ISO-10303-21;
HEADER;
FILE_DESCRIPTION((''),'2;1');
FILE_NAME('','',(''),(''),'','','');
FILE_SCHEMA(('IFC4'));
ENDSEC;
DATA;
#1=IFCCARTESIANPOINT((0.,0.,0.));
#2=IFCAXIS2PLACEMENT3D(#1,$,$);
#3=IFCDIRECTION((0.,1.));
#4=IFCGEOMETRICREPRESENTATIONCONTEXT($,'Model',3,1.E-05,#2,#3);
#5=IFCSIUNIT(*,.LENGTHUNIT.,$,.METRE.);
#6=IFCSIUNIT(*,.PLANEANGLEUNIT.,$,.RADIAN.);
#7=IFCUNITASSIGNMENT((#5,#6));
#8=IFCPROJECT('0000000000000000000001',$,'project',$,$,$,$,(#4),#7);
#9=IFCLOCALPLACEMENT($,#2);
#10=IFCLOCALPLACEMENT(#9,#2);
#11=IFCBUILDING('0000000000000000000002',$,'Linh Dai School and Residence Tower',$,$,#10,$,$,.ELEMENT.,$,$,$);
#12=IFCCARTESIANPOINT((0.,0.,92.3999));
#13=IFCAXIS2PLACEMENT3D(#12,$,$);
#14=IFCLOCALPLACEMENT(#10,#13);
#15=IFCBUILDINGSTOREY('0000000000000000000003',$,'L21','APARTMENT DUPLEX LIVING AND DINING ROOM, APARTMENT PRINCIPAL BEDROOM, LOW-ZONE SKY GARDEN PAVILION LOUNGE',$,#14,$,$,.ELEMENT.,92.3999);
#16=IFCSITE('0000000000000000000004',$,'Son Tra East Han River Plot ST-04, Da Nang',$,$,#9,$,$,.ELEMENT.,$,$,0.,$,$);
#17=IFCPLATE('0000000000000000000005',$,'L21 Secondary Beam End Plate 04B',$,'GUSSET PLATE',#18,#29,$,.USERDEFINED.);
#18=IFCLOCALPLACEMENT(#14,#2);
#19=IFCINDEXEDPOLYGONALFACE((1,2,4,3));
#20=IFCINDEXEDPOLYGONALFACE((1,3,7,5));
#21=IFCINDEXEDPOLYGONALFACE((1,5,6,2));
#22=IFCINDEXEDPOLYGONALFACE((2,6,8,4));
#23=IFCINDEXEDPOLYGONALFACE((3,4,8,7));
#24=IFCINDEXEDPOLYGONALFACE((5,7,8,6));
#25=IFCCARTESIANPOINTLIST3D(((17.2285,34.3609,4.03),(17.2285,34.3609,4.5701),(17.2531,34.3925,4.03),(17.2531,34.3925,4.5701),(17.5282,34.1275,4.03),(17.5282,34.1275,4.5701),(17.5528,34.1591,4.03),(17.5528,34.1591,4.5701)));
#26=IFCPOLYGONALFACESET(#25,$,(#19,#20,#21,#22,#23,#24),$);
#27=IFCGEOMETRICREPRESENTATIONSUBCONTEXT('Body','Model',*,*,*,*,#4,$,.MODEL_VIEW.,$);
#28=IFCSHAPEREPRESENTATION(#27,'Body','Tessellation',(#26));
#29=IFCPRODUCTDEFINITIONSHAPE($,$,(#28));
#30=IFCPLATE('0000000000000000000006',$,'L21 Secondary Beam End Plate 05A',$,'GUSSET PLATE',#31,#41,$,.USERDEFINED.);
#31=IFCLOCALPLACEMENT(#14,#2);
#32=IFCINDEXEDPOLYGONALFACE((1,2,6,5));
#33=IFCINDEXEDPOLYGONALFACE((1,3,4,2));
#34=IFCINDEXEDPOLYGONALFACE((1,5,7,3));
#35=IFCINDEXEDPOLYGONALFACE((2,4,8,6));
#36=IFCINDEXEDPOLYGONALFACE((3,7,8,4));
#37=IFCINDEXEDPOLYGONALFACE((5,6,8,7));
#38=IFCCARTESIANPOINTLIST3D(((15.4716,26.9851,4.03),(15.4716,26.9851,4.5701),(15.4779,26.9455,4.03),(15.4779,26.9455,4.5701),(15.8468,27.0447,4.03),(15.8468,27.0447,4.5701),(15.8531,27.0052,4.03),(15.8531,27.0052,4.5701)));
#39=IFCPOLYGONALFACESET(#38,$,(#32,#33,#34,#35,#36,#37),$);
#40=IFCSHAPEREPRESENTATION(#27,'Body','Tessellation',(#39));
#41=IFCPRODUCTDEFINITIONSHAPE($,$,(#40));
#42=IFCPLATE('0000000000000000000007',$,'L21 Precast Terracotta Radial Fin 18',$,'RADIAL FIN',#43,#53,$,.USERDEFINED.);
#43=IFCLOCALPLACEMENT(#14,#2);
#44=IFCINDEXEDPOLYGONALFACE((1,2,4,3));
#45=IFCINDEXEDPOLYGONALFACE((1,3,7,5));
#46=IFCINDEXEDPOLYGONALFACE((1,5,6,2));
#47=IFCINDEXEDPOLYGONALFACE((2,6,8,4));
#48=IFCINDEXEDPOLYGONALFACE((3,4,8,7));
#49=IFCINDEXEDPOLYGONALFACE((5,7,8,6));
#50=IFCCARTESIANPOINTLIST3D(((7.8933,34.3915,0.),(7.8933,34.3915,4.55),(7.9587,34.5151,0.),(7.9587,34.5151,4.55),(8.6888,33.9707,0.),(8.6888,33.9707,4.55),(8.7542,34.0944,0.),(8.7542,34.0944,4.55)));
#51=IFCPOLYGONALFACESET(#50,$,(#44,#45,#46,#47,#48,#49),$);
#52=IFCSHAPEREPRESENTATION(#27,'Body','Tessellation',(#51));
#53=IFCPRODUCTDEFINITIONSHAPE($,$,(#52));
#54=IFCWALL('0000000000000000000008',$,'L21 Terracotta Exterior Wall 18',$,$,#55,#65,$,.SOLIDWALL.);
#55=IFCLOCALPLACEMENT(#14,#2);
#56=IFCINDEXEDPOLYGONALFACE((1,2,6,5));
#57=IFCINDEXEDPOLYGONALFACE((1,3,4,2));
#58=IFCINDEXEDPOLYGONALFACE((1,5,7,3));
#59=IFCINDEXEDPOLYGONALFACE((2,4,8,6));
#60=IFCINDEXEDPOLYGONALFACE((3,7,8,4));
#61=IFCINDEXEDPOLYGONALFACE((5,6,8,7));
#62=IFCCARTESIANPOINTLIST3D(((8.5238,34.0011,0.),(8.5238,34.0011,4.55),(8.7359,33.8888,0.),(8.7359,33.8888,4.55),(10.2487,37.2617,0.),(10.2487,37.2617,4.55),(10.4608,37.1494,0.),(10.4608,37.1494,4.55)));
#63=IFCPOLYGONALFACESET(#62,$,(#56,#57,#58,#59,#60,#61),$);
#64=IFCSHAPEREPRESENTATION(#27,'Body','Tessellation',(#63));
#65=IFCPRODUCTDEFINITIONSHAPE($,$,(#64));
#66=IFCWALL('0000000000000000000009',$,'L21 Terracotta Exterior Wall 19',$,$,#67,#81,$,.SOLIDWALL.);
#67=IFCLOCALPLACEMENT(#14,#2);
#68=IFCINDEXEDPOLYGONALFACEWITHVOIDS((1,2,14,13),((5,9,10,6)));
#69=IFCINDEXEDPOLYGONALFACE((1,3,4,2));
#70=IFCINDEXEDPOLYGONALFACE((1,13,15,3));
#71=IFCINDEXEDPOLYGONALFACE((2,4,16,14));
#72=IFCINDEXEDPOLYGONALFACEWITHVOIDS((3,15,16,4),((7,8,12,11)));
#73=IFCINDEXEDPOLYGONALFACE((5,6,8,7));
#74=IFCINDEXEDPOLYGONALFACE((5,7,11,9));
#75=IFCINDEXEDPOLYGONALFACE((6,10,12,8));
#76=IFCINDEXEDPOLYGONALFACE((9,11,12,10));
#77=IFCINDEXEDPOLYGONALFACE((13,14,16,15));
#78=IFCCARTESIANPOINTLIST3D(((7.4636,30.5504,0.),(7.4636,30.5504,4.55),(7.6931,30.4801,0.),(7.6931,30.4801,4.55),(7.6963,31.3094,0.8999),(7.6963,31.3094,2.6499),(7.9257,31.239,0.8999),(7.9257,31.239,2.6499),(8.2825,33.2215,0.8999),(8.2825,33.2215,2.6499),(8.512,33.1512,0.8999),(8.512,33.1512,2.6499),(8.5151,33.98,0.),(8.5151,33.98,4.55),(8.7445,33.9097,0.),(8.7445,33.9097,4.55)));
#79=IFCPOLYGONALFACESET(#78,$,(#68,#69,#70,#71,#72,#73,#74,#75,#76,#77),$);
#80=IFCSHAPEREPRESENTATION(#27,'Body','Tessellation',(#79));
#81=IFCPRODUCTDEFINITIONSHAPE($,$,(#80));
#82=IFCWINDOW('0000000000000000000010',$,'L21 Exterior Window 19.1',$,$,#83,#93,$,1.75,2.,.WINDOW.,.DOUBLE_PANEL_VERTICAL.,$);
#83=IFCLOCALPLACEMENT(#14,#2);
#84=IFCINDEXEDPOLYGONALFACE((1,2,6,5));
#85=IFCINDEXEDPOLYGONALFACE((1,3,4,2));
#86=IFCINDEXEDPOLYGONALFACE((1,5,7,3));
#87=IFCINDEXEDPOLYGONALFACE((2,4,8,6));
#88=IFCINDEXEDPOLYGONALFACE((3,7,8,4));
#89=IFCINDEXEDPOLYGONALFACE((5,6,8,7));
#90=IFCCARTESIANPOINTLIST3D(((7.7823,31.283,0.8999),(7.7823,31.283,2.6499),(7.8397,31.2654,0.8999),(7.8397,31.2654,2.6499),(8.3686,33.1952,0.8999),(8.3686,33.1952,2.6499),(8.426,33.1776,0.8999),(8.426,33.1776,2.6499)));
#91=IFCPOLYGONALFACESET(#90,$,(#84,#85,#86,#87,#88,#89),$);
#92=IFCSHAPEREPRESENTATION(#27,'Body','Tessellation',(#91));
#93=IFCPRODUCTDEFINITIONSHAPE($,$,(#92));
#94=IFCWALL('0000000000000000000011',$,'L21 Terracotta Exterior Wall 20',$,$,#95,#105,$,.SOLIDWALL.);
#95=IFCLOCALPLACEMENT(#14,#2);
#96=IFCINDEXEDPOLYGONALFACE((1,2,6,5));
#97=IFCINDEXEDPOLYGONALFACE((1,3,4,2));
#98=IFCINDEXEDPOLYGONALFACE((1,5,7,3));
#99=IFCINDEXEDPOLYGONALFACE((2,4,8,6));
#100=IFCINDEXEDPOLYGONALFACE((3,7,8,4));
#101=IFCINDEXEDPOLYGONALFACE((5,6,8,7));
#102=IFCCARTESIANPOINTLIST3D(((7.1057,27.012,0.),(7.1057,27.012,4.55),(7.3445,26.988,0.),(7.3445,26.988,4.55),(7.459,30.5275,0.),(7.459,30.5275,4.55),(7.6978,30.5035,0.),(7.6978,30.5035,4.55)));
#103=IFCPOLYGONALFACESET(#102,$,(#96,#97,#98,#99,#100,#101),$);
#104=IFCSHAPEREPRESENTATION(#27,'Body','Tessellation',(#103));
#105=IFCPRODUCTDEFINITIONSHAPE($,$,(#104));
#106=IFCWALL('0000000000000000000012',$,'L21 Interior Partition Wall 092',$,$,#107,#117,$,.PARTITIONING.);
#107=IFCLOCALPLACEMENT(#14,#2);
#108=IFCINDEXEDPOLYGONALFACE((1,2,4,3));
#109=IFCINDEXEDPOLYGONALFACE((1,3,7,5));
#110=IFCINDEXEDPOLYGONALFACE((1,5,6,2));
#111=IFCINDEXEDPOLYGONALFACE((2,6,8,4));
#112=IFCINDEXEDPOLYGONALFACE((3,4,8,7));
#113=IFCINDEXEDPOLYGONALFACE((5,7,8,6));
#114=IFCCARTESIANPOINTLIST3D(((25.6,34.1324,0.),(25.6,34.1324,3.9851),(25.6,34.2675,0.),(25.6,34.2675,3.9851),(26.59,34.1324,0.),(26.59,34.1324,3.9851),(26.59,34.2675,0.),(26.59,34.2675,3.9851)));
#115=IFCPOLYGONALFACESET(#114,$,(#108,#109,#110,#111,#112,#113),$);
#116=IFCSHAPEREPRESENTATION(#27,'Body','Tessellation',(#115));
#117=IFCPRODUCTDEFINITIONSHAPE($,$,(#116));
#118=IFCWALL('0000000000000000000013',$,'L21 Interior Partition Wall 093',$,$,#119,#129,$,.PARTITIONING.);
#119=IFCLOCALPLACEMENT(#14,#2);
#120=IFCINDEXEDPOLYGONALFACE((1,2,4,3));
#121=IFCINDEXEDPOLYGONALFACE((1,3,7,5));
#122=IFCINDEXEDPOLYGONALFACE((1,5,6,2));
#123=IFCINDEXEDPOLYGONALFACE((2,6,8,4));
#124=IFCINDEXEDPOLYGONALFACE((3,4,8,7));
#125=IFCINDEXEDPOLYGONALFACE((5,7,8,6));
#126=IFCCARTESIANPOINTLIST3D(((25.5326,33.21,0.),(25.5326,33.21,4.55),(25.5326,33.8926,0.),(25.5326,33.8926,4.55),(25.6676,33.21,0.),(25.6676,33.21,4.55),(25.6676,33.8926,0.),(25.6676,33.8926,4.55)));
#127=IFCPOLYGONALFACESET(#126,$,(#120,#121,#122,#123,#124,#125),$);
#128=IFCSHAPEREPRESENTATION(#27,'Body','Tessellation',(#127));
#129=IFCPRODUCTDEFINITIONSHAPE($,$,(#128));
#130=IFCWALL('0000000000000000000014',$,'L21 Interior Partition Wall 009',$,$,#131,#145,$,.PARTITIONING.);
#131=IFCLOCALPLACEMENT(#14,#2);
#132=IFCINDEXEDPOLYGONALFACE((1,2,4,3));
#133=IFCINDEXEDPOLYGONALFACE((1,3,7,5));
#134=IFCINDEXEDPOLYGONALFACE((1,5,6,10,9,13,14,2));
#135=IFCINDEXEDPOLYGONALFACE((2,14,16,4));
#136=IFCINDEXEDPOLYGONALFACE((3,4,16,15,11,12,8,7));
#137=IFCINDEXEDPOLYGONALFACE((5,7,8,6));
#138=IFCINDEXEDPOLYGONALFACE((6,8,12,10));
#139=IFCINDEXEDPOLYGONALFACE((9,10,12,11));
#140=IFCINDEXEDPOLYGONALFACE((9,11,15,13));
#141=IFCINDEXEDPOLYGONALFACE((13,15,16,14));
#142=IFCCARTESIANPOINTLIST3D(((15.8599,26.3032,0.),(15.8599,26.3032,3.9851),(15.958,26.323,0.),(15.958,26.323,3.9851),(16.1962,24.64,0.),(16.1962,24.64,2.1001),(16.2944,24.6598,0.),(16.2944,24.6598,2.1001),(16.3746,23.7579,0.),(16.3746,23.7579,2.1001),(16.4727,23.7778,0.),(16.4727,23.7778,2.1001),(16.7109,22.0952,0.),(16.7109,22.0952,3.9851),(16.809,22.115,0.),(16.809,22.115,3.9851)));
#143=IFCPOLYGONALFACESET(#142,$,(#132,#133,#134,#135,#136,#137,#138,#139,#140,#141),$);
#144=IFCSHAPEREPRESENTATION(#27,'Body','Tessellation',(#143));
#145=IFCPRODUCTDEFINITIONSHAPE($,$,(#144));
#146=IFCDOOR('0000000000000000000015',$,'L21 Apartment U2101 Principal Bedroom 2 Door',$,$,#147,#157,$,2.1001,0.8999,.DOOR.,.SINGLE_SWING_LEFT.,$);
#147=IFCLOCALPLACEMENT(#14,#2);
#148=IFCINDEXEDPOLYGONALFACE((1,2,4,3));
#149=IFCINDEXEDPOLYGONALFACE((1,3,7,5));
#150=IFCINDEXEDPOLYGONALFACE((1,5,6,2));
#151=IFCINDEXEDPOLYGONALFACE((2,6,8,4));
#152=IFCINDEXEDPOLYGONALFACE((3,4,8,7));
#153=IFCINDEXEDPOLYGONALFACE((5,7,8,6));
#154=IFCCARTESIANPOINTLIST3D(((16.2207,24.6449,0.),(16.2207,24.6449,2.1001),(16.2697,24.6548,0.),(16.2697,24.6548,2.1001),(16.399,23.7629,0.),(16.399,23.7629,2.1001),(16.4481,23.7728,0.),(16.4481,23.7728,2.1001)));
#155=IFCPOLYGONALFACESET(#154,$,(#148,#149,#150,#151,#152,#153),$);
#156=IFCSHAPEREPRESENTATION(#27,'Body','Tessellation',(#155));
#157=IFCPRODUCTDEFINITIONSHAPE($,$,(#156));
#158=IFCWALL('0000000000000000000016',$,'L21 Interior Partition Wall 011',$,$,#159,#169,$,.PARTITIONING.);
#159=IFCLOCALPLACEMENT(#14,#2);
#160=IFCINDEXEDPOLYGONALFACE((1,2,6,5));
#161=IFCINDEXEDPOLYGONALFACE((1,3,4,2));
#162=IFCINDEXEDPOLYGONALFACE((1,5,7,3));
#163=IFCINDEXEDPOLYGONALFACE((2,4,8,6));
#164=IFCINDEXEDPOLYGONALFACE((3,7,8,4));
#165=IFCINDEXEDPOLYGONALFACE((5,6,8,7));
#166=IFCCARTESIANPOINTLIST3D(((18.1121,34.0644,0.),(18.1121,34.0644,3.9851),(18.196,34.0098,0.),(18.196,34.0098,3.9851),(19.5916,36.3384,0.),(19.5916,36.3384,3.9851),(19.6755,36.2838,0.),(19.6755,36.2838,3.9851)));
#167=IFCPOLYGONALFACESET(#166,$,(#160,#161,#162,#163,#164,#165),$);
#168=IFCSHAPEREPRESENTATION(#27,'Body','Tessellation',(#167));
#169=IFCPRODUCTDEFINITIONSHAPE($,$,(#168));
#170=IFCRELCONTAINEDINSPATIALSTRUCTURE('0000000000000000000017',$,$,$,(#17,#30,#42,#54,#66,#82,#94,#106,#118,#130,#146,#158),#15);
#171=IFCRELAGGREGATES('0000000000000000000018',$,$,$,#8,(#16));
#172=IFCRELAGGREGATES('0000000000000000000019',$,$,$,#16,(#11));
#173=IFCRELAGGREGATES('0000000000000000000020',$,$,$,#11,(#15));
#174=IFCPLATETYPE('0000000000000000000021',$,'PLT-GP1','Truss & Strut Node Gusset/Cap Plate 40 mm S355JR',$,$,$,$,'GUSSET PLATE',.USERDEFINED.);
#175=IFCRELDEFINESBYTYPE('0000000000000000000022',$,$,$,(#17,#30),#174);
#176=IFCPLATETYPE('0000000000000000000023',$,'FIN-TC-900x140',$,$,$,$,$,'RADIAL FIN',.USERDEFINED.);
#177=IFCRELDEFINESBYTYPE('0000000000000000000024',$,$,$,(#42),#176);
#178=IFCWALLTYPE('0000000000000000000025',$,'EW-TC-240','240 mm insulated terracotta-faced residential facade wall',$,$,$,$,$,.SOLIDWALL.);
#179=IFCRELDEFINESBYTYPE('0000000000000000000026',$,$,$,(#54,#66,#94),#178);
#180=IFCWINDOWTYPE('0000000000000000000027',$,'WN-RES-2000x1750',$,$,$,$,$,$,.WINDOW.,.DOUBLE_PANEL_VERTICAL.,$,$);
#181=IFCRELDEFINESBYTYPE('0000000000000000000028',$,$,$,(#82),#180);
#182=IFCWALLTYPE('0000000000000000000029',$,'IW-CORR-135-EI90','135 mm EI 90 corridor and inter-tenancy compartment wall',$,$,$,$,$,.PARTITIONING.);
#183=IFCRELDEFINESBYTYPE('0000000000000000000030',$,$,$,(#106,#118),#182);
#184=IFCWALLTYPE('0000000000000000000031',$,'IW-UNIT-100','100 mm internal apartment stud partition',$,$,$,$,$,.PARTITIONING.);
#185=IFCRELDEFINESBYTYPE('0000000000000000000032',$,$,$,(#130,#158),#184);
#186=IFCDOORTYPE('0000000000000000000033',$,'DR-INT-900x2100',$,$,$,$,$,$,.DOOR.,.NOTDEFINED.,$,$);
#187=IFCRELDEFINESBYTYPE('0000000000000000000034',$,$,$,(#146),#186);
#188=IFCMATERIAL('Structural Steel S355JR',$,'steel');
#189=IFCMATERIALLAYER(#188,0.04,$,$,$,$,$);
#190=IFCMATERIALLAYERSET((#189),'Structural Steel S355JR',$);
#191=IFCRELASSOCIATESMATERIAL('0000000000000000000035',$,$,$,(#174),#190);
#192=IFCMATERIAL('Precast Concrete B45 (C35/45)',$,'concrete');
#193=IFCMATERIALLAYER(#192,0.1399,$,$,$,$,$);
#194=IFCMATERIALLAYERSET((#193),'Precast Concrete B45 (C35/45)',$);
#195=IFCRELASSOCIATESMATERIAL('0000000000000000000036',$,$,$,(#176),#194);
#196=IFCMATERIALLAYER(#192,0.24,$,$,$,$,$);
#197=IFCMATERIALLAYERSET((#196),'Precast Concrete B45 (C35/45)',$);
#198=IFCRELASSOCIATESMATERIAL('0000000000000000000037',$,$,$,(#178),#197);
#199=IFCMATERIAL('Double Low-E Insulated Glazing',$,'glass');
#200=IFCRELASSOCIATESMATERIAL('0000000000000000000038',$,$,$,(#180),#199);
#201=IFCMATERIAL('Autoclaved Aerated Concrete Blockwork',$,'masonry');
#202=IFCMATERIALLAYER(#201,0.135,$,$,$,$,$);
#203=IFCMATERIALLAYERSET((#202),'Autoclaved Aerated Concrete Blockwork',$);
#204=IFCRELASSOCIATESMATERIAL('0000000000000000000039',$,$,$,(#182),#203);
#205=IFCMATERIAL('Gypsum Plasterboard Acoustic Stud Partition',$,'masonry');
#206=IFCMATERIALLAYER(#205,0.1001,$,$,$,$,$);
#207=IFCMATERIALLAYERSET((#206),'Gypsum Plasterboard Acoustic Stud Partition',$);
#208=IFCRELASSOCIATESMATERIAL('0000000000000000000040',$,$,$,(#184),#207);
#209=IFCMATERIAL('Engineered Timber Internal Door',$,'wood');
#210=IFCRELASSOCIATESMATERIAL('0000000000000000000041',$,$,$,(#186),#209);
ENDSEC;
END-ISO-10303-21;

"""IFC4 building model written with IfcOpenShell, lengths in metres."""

from ifc_helpers import new_model, si_unit, direction, frame, frame_2d, origin, origin_2d, place, context, subcontext, project, spatial, rectangle, extrude, source, transform, mapped, material, layer, layer_set, type_object, element, fill, save


model = new_model("IFC4")

# Units and contexts
model_context = context("Model", 3, precision=1e-05, world=origin(), true_north=direction((0.0, 1.0)))
body_context = subcontext(model_context, "Body", "Model", "MODEL_VIEW")
ifc_project = project(units=[si_unit("LENGTHUNIT", "METRE"), si_unit("PLANEANGLEUNIT", "RADIAN")], contexts=[model_context])

# Site, building, storey
site_placement = place(None, origin())
site = spatial("IfcSite", under=ifc_project, at=site_placement, Name="Son Tra East Han River Plot ST-04, Da Nang", CompositionType="ELEMENT", RefElevation=0.0)
building_placement = place(site_placement, origin())
building = spatial("IfcBuilding", under=site, at=building_placement, Name="Linh Dai School and Residence Tower", CompositionType="ELEMENT")
storey_placement = place(building_placement, frame((0.0, 0.0, 92.3999)))
storey = spatial("IfcBuildingStorey", under=building, at=storey_placement, Name="L21", Description="APARTMENT DUPLEX LIVING AND DINING ROOM, APARTMENT PRINCIPAL BEDROOM, LOW-ZONE SKY GARDEN PAVILION LOUNGE", CompositionType="ELEMENT", Elevation=92.3999)

# Shared definitions
ifc_material_1 = material(Name="Structural Steel S355JR", Category="steel")

# Plates
ifc_layer_1 = layer(ifc_material_1, 0.04)
ifc_layer_set_1 = layer_set([ifc_layer_1], Name="Structural Steel S355JR")
plate_type_1 = type_object("IfcPlateType", Name="PLT-GP1", Description="Truss & Strut Node Gusset/Cap Plate 40 mm S355JR", ElementType="GUSSET PLATE", PredefinedType="USERDEFINED", material=ifc_layer_set_1)
shared_shape_1 = source(origin(), body_context, "Body", "SweptSolid", [
    extrude(rectangle(XDim=0.04, YDim=0.3799, at=origin_2d()), origin(), (0.0, 0.0, 1.0), 0.54),
])
for number, where, z_axis, x_axis, name in (
    (1, (17.3906, 34.26, 4.03), (0.0, 0.0, 1.0), (-0.614363, -0.789024, 0.0), "L21 Secondary Beam End Plate 04B"),
    (2, (15.6624, 26.9951, 4.03), (0.0, 0.0, 1.0), (0.157025, -0.987595, 0.0), "L21 Secondary Beam End Plate 05A"),
):
    element("IfcPlate", number, at=place(storey_placement, frame(where, z_axis=z_axis, x_axis=x_axis)), inside=storey, type_object=plate_type_1, Name=name, ObjectType="GUSSET PLATE", PredefinedType="USERDEFINED", context=body_context, shape_type="MappedRepresentation", body=[
        mapped(shared_shape_1, transform((0.0, 0.0, 0.0), x_axis=(1.0, 0.0, 0.0), y_axis=(0.0, 1.0, 0.0), z_axis=(0.0, 0.0, 1.0), scale=1.0)),
    ])
ifc_material_2 = material(Name="Precast Concrete B45 (C35/45)", Category="concrete")
ifc_layer_2 = layer(ifc_material_2, 0.1399)
ifc_layer_set_2 = layer_set([ifc_layer_2], Name="Precast Concrete B45 (C35/45)")
plate_type_2 = type_object("IfcPlateType", Name="FIN-TC-900x140", ElementType="RADIAL FIN", PredefinedType="USERDEFINED", material=ifc_layer_set_2)
shared_shape_2 = source(origin(), body_context, "Body", "SweptSolid", [
    extrude(rectangle(XDim=0.8999, YDim=0.1399, at=origin_2d()), origin(), (0.0, 0.0, 1.0), 4.55),
])
plate_placement = place(storey_placement, frame((8.3237, 34.2429, 0.0), z_axis=(0.0, 0.0, 1.0), x_axis=(-0.883942, 0.467596, 0.0)))
element("IfcPlate", 3, at=plate_placement, inside=storey, type_object=plate_type_2, Name="L21 Precast Terracotta Radial Fin 18", ObjectType="RADIAL FIN", PredefinedType="USERDEFINED", context=body_context, shape_type="MappedRepresentation", body=[
    mapped(shared_shape_2, transform((0.0, 0.0, 0.0), x_axis=(1.0, 0.0, 0.0), y_axis=(0.0, 1.0, 0.0), z_axis=(0.0, 0.0, 1.0), scale=1.0)),
])

# Wall
ifc_layer_3 = layer(ifc_material_2, 0.24)
ifc_layer_set_3 = layer_set([ifc_layer_3], Name="Precast Concrete B45 (C35/45)")
wall_type_1 = type_object("IfcWallType", Name="EW-TC-240", Description="240 mm insulated terracotta-faced residential facade wall", PredefinedType="SOLIDWALL", material=ifc_layer_set_3)
wall_1_placement = place(storey_placement, frame((8.6299, 33.9451, 0.0), z_axis=(0.0, 0.0, 1.0), x_axis=(0.467614, 0.883933, 0.0)))
element("IfcWall", 4, at=wall_1_placement, inside=storey, type_object=wall_type_1, Name="L21 Terracotta Exterior Wall 18", PredefinedType="SOLIDWALL", context=body_context, shape_type="SweptSolid", body=[
    extrude(rectangle(XDim=3.6887, YDim=0.24, at=frame_2d((1.8442, 0.0))), origin(), (0.0, 0.0, 1.0), 4.55),
])

# Wall, opening, window
wall_2_placement = place(storey_placement, frame((7.5784, 30.5154, 0.0), z_axis=(0.0, 0.0, 1.0), x_axis=(0.293124, 0.956074, 0.0)))
wall_2 = element("IfcWall", 5, at=wall_2_placement, inside=storey, type_object=wall_type_1, Name="L21 Terracotta Exterior Wall 19", PredefinedType="SOLIDWALL", context=body_context, shape_type="SweptSolid", body=[
    extrude(rectangle(XDim=3.5872, YDim=0.24, at=frame_2d((1.7935, 0.0))), origin(), (0.0, 0.0, 1.0), 4.55),
])
opening_1_placement = place(wall_2_placement, frame((0.7937, 0.0, 0.8999)))
opening_1 = element("IfcOpeningElement", 6, at=opening_1_placement, cuts=wall_2, PredefinedType="OPENING", context=body_context, shape_type="SweptSolid", body=[
    extrude(rectangle(XDim=2.0, YDim=1.75, at=origin_2d()), frame((1.0, 0.1299, 0.875), z_axis=(0.0, -1.0, 0.0), x_axis=(1.0, 0.0, 0.0)), (0.0, 0.0, 1.0), 0.26),
])
ifc_material_3 = material(Name="Double Low-E Insulated Glazing", Category="glass")
window_type = type_object("IfcWindowType", Name="WN-RES-2000x1750", PartitioningType="DOUBLE_PANEL_VERTICAL", PredefinedType="WINDOW", material=ifc_material_3)
shared_shape_3 = source(origin(), body_context, "Body", "SweptSolid", [
    extrude(rectangle(XDim=2.0, YDim=1.75, at=origin_2d()), frame((1.0, 0.03, 0.875), z_axis=(0.0, -1.0, 0.0), x_axis=(1.0, 0.0, 0.0)), (0.0, 0.0, 1.0), 0.0601),
])
window_placement = place(opening_1_placement, origin())
window = element("IfcWindow", 7, at=window_placement, inside=storey, type_object=window_type, Name="L21 Exterior Window 19.1", OverallHeight=1.75, OverallWidth=2.0, PartitioningType="DOUBLE_PANEL_VERTICAL", PredefinedType="WINDOW", context=body_context, shape_type="MappedRepresentation", body=[
    mapped(shared_shape_3, transform((0.0, 0.0, 0.0), x_axis=(1.0, 0.0, 0.0), y_axis=(0.0, 1.0, 0.0), z_axis=(0.0, 0.0, 1.0), scale=1.0)),
])
fill(opening_1, window)

# Walls
wall_3_placement = place(storey_placement, frame((7.2251, 27.0, 0.0), z_axis=(0.0, 0.0, 1.0), x_axis=(0.099989, 0.994988, 0.0)))
element("IfcWall", 8, at=wall_3_placement, inside=storey, type_object=wall_type_1, Name="L21 Terracotta Exterior Wall 20", PredefinedType="SOLIDWALL", context=body_context, shape_type="SweptSolid", body=[
    extrude(rectangle(XDim=3.5332, YDim=0.24, at=frame_2d((1.7666, 0.0))), origin(), (0.0, 0.0, 1.0), 4.55),
])
ifc_material_4 = material(Name="Autoclaved Aerated Concrete Blockwork", Category="masonry")
ifc_layer_4 = layer(ifc_material_4, 0.135)
ifc_layer_set_4 = layer_set([ifc_layer_4], Name="Autoclaved Aerated Concrete Blockwork")
wall_type_2 = type_object("IfcWallType", Name="IW-CORR-135-EI90", Description="135 mm EI 90 corridor and inter-tenancy compartment wall", PredefinedType="PARTITIONING", material=ifc_layer_set_4)
wall_4_placement = place(storey_placement, frame((26.5901, 34.2, 0.0), z_axis=(0.0, 0.0, 1.0), x_axis=(-1.0, 0.0, 0.0)))
element("IfcWall", 9, at=wall_4_placement, inside=storey, type_object=wall_type_2, Name="L21 Interior Partition Wall 092", PredefinedType="PARTITIONING", context=body_context, shape_type="SweptSolid", body=[
    extrude(rectangle(XDim=0.99, YDim=0.135, at=frame_2d((0.4951, 0.0))), origin(), (0.0, 0.0, 1.0), 3.9851),
])
wall_5_placement = place(storey_placement, frame((25.6001, 33.8926, 0.0), z_axis=(0.0, 0.0, 1.0), x_axis=(0.0, -1.0, 0.0)))
element("IfcWall", 10, at=wall_5_placement, inside=storey, type_object=wall_type_2, Name="L21 Interior Partition Wall 093", PredefinedType="PARTITIONING", context=body_context, shape_type="SweptSolid", body=[
    extrude(rectangle(XDim=0.6826, YDim=0.135, at=frame_2d((0.3413, 0.0))), origin(), (0.0, 0.0, 1.0), 4.55),
])

# Wall, opening, door
ifc_material_5 = material(Name="Gypsum Plasterboard Acoustic Stud Partition", Category="masonry")
ifc_layer_5 = layer(ifc_material_5, 0.1001)
ifc_layer_set_5 = layer_set([ifc_layer_5], Name="Gypsum Plasterboard Acoustic Stud Partition")
wall_type_3 = type_object("IfcWallType", Name="IW-UNIT-100", Description="100 mm internal apartment stud partition", PredefinedType="PARTITIONING", material=ifc_layer_set_5)
wall_6_placement = place(storey_placement, frame((15.9089, 26.313, 0.0), z_axis=(0.0, 0.0, 1.0), x_axis=(0.198237, -0.980154, 0.0)))
wall_6 = element("IfcWall", 11, at=wall_6_placement, inside=storey, type_object=wall_type_3, Name="L21 Interior Partition Wall 009", PredefinedType="PARTITIONING", context=body_context, shape_type="SweptSolid", body=[
    extrude(rectangle(XDim=4.2932, YDim=0.1001, at=frame_2d((2.1465, 0.0))), origin(), (0.0, 0.0, 1.0), 3.9851),
])
opening_2_placement = place(wall_6_placement, frame((1.6968, 0.0, 0.0)))
opening_2 = element("IfcOpeningElement", 12, at=opening_2_placement, cuts=wall_6, PredefinedType="OPENING", context=body_context, shape_type="SweptSolid", body=[
    extrude(rectangle(XDim=0.8999, YDim=2.1001, at=origin_2d()), frame((0.45, 0.0601, 1.05), z_axis=(0.0, -1.0, 0.0), x_axis=(1.0, 0.0, 0.0)), (0.0, 0.0, 1.0), 0.1201),
])
ifc_material_6 = material(Name="Engineered Timber Internal Door", Category="wood")
door_type = type_object("IfcDoorType", Name="DR-INT-900x2100", OperationType="NOTDEFINED", PredefinedType="DOOR", material=ifc_material_6)
shared_shape_4 = source(origin(), body_context, "Body", "SweptSolid", [
    extrude(rectangle(XDim=0.8999, YDim=2.1001, at=origin_2d()), frame((0.45, 0.0249, 1.05), z_axis=(0.0, -1.0, 0.0), x_axis=(1.0, 0.0, 0.0)), (0.0, 0.0, 1.0), 0.05),
])
door_placement = place(opening_2_placement, origin())
door = element("IfcDoor", 13, at=door_placement, inside=storey, type_object=door_type, Name="L21 Apartment U2101 Principal Bedroom 2 Door", OperationType="SINGLE_SWING_LEFT", OverallHeight=2.1001, OverallWidth=0.8999, PredefinedType="DOOR", context=body_context, shape_type="MappedRepresentation", body=[
    mapped(shared_shape_4, transform((0.0, 0.0, 0.0), x_axis=(1.0, 0.0, 0.0), y_axis=(0.0, 1.0, 0.0), z_axis=(0.0, 0.0, 1.0), scale=1.0)),
])
fill(opening_2, door)

# Wall
wall_7_placement = place(storey_placement, frame((18.1541, 34.0371, 0.0), z_axis=(0.0, 0.0, 1.0), x_axis=(0.545362, 0.838201, 0.0)))
element("IfcWall", 14, at=wall_7_placement, inside=storey, type_object=wall_type_3, Name="L21 Interior Partition Wall 011", PredefinedType="PARTITIONING", context=body_context, shape_type="SweptSolid", body=[
    extrude(rectangle(XDim=2.7129, YDim=0.1001, at=frame_2d((1.3564, 0.0))), origin(), (0.0, 0.0, 1.0), 3.9851),
])

save(model, "model.ifc")
